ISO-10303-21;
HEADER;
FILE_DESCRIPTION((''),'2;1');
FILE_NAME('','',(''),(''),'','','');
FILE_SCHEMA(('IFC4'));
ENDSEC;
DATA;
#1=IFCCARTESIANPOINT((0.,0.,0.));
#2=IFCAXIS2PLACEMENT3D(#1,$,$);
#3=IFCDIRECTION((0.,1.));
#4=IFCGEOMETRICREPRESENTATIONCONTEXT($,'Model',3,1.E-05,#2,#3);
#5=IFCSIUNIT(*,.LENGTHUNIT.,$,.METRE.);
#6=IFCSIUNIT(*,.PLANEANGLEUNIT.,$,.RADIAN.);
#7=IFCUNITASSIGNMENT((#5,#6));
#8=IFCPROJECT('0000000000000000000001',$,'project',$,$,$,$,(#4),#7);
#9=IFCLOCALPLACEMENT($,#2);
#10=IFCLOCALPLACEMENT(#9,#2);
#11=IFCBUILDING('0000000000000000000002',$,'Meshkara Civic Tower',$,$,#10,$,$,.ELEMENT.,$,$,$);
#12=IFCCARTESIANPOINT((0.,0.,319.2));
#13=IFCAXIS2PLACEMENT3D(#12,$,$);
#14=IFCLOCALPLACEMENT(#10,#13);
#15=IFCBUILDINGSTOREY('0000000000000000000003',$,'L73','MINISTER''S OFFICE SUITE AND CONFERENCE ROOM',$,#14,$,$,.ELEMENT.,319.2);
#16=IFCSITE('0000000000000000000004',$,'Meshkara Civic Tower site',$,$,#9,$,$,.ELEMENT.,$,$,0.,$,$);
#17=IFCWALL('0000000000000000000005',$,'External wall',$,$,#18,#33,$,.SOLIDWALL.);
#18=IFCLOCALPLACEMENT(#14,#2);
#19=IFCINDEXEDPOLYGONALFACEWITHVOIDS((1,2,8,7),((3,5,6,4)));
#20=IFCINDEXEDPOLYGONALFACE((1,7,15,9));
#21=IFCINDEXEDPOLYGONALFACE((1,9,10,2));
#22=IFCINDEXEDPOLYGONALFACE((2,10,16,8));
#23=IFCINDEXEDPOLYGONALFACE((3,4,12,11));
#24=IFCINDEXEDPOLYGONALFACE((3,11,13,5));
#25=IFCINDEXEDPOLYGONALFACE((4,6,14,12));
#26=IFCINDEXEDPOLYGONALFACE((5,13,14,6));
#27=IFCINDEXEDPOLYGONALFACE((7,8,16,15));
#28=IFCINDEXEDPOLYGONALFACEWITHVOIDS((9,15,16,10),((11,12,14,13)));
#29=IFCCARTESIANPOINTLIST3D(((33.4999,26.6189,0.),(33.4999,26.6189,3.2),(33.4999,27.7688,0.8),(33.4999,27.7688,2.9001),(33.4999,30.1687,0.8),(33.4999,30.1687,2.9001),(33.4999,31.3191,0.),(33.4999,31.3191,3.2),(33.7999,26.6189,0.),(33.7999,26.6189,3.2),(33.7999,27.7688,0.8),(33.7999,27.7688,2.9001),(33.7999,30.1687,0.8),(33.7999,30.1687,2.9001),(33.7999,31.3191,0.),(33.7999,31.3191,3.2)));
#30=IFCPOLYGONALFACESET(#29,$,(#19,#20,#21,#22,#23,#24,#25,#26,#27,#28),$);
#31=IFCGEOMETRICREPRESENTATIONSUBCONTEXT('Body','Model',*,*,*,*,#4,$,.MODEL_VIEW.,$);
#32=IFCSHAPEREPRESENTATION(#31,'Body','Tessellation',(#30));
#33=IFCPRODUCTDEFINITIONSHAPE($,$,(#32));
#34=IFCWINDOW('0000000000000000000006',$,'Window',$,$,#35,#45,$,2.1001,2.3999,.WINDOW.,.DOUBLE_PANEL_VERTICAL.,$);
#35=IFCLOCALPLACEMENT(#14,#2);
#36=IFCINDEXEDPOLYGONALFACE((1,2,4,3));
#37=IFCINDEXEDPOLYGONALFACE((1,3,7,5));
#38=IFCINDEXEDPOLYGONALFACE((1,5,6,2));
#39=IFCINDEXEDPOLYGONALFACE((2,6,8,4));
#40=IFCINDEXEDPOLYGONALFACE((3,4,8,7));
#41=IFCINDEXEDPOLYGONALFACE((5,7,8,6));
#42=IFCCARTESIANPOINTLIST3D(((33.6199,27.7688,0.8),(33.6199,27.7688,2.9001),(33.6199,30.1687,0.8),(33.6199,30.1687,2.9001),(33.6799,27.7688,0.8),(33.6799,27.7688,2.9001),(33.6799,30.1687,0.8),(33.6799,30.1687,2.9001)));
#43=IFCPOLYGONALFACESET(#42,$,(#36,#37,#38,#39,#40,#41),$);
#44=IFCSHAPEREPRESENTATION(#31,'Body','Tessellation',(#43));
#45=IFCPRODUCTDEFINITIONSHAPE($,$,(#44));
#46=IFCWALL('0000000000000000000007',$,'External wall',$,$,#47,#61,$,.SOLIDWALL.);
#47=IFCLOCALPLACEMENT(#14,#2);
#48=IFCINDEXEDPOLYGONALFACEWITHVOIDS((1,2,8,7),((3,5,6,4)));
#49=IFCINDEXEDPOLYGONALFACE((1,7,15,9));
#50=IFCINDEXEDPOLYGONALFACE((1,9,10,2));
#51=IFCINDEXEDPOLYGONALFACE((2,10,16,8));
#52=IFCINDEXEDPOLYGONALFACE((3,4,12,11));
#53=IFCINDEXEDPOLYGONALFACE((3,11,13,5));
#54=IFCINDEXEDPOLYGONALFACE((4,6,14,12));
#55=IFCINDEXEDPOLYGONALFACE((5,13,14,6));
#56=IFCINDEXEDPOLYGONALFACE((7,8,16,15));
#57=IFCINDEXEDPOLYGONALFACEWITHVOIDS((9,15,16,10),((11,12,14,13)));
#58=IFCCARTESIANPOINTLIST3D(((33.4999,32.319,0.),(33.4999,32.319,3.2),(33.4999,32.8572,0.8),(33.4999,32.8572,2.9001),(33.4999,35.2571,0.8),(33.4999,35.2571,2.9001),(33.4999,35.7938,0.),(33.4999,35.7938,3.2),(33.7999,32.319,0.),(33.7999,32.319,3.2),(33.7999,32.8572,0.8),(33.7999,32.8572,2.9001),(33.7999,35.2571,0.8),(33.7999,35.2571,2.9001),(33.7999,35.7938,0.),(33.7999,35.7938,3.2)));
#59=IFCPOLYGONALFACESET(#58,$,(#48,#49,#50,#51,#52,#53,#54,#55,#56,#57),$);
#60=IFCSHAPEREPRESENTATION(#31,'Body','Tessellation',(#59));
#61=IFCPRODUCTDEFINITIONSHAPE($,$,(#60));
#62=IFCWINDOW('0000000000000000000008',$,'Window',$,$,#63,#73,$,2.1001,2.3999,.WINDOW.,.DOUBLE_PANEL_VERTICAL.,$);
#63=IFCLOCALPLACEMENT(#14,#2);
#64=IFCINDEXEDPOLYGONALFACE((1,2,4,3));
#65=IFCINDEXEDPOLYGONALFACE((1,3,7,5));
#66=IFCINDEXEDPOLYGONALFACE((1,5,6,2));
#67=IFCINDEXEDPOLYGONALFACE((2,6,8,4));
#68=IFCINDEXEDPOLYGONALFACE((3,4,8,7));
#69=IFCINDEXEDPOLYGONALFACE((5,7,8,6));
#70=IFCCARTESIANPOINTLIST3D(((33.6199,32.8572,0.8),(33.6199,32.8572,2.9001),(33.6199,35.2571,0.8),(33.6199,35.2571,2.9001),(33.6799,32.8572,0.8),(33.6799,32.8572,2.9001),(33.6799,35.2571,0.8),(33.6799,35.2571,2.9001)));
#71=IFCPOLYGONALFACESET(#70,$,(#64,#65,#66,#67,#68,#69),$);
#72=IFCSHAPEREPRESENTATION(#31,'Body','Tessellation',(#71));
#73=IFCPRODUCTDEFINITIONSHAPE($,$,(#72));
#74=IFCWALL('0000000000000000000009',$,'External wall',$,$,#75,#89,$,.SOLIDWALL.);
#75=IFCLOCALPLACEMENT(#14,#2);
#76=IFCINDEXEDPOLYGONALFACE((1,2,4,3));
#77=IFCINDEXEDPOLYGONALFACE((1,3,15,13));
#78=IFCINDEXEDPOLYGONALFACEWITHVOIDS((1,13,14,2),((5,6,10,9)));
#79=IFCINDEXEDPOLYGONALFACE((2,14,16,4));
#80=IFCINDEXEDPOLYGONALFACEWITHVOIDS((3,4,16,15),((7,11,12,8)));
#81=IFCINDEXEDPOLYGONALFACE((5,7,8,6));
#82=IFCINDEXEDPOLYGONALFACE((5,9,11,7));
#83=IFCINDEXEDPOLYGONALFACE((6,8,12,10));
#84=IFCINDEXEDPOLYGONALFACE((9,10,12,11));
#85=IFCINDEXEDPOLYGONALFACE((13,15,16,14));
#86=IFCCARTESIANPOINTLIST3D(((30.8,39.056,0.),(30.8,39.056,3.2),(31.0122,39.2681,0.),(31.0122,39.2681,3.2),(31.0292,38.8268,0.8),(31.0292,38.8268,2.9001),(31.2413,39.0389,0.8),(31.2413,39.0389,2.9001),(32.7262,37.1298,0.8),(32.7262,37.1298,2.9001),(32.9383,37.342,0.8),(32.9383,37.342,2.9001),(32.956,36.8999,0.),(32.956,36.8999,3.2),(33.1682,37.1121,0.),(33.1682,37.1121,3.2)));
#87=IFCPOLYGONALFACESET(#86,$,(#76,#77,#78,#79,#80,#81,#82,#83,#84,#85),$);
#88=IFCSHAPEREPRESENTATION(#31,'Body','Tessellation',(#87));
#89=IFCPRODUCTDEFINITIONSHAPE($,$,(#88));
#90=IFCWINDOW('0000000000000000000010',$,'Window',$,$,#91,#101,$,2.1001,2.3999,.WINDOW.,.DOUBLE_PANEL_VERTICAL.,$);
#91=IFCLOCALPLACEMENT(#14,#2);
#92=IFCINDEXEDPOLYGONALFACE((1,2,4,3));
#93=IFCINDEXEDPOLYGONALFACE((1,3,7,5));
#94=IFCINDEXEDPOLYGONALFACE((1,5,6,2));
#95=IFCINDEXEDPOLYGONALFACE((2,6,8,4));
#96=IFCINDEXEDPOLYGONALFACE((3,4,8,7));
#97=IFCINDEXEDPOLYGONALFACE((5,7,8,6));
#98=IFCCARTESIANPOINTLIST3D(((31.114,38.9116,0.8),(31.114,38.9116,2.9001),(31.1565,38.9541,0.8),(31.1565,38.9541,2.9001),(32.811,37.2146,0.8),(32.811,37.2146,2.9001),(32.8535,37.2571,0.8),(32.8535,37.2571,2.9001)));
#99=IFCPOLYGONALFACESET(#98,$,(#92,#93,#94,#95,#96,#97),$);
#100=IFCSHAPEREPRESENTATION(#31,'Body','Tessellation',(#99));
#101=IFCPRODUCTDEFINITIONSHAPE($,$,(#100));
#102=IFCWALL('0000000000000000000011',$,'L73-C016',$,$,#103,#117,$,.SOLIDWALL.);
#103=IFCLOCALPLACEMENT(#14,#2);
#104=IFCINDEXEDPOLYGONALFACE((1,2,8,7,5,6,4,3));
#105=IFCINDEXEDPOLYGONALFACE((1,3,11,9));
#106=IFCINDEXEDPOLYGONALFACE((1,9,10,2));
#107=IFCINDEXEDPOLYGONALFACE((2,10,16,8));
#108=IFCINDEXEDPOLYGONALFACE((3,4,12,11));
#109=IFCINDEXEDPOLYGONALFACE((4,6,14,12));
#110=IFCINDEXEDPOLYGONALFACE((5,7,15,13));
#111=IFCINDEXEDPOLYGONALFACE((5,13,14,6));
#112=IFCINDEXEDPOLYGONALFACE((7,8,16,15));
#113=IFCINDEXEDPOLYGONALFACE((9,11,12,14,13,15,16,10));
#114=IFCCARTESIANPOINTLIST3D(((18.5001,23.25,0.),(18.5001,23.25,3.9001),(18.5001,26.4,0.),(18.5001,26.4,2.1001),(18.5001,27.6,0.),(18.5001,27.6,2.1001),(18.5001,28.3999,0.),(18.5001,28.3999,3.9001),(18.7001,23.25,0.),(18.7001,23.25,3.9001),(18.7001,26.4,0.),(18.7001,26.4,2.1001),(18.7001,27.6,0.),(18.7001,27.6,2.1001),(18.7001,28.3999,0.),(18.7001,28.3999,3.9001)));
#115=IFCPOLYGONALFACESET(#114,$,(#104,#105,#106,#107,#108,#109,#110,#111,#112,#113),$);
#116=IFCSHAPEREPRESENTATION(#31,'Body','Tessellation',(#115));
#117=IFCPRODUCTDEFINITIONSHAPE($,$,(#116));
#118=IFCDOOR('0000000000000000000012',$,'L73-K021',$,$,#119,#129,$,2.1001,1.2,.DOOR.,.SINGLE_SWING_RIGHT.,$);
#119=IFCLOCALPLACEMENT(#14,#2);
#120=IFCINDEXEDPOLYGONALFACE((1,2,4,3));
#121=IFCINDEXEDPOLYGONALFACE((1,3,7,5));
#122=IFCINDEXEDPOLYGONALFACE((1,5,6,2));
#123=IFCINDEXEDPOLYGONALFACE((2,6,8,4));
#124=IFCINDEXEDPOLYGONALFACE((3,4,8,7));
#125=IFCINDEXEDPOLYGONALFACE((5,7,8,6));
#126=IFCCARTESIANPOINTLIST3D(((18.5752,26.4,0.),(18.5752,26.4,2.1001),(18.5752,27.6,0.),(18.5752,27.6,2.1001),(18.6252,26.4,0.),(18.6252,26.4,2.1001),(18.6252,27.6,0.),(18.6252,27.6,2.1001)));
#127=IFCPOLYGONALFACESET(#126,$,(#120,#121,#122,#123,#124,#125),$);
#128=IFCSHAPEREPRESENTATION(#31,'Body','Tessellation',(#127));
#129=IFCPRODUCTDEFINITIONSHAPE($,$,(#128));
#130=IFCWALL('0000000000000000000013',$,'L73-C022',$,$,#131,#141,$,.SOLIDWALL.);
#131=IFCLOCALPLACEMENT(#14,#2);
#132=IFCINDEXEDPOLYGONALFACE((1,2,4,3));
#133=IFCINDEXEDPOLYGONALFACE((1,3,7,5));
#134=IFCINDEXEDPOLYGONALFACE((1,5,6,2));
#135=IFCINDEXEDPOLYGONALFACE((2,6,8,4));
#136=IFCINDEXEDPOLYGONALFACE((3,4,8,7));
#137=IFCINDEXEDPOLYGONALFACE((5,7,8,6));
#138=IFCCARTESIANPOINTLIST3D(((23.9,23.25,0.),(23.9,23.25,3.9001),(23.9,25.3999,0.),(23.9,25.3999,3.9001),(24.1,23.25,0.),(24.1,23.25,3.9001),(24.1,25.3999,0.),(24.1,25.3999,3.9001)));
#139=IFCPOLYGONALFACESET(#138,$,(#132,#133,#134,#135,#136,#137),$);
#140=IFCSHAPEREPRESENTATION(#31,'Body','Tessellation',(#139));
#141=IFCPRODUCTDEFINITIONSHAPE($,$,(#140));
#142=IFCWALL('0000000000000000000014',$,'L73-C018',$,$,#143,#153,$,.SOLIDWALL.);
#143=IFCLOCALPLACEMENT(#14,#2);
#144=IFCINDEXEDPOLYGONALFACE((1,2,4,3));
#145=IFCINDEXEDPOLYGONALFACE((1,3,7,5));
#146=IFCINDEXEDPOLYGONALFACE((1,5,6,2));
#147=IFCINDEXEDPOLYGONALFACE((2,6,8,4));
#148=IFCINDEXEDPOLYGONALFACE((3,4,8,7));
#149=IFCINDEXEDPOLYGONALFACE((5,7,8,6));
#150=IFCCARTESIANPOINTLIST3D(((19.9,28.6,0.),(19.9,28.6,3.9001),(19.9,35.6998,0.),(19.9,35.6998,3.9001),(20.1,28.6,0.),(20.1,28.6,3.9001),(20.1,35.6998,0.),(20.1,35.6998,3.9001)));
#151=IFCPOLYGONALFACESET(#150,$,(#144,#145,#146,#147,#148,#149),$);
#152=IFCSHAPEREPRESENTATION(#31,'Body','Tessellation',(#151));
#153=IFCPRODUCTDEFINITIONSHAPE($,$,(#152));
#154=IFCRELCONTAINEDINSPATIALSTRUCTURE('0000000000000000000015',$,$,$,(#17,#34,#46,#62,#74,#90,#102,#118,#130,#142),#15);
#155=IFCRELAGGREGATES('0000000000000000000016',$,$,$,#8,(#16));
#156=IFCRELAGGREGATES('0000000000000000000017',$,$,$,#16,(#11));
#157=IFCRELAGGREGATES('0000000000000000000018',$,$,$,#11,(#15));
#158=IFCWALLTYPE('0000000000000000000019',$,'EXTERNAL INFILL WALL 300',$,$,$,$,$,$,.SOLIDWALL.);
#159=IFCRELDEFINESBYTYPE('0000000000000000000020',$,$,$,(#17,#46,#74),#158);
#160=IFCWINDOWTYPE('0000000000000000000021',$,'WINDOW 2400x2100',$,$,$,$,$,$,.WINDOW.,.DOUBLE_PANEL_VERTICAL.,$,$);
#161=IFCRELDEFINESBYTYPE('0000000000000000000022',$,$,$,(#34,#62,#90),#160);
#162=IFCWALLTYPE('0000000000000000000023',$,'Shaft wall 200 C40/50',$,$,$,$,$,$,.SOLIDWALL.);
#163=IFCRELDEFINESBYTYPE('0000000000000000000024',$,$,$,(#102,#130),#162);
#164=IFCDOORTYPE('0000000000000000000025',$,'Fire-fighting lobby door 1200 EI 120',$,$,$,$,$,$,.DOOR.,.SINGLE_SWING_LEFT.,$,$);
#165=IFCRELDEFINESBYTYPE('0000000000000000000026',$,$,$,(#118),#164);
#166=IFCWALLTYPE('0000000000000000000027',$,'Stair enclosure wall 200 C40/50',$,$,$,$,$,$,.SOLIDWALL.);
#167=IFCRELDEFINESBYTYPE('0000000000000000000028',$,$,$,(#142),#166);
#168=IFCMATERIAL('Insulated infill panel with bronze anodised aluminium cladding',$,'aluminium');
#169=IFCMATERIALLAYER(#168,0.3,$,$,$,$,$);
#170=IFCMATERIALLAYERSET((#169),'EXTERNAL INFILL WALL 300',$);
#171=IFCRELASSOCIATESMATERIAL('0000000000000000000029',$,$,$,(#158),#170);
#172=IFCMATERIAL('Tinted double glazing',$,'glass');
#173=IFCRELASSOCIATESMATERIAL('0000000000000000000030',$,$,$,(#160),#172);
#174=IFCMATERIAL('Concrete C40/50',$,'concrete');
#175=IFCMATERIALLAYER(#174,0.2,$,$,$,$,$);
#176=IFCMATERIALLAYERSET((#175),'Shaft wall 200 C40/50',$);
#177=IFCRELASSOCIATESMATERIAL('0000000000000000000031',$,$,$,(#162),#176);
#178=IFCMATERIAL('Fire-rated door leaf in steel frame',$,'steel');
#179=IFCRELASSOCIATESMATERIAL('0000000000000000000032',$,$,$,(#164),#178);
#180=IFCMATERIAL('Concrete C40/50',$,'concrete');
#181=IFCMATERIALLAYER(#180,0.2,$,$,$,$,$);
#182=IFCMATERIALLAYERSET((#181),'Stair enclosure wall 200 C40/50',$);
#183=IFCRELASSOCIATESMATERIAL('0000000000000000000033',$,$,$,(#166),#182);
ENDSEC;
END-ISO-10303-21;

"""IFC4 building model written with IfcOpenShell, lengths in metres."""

from ifc_helpers import new_model, si_unit, direction, frame, frame_2d, origin, place, context, subcontext, project, spatial, rectangle, extrude, material, layer, layer_set, type_object, element, fill, save


model = new_model("IFC4")

# Units and contexts
model_context = context("Model", 3, precision=1e-05, world=origin(), true_north=direction((0.0, 1.0)))
body_context = subcontext(model_context, "Body", "Model", "MODEL_VIEW")
ifc_project = project(units=[si_unit("LENGTHUNIT", "METRE"), si_unit("PLANEANGLEUNIT", "RADIAN")], contexts=[model_context])

# Site, building, storey
site_placement = place(None, origin())
site = spatial("IfcSite", under=ifc_project, at=site_placement, Name="Meshkara Civic Tower site", CompositionType="ELEMENT", RefElevation=0.0)
building_placement = place(site_placement, origin())
building = spatial("IfcBuilding", under=site, at=building_placement, Name="Meshkara Civic Tower", CompositionType="ELEMENT")
storey_placement = place(building_placement, frame((0.0, 0.0, 319.2)))
storey = spatial("IfcBuildingStorey", under=building, at=storey_placement, Name="L73", Description="MINISTER'S OFFICE SUITE AND CONFERENCE ROOM", CompositionType="ELEMENT", Elevation=319.2)

# Walls, openings, windows
ifc_material_1 = material(Name="Insulated infill panel with bronze anodised aluminium cladding", Category="aluminium")
ifc_layer_1 = layer(ifc_material_1, 0.3)
ifc_layer_set_1 = layer_set([ifc_layer_1], Name="EXTERNAL INFILL WALL 300")
wall_type_1 = type_object("IfcWallType", Name="EXTERNAL INFILL WALL 300", PredefinedType="SOLIDWALL", material=ifc_layer_set_1)
wall_1_placement = place(storey_placement, frame((33.6499, 26.6189, 0.0), z_axis=(0.0, 0.0, 1.0), x_axis=(0.0, 1.0, 0.0)))
wall_1 = element("IfcWall", 1, at=wall_1_placement, inside=storey, type_object=wall_type_1, Name="External wall", PredefinedType="SOLIDWALL", context=body_context, shape_type="SweptSolid", body=[
    extrude(rectangle(XDim=4.7002, YDim=0.3, at=frame_2d((2.3501, 0.0))), origin(), (0.0, 0.0, 1.0), 3.2),
])
opening_1_placement = place(wall_1_placement, frame((1.1499, 0.0, 0.8)))
opening_1 = element("IfcOpeningElement", 2, at=opening_1_placement, cuts=wall_1, PredefinedType="OPENING", context=body_context, shape_type="SweptSolid", body=[
    extrude(rectangle(XDim=2.3999, YDim=2.1001, at=frame_2d((1.2, 1.05))), frame((0.0, 0.1599, 0.0), z_axis=(0.0, -1.0, 0.0), x_axis=(1.0, 0.0, 0.0)), (0.0, 0.0, 1.0), 0.3201),
])
ifc_material_2 = material(Name="Tinted double glazing", Category="glass")
window_type = type_object("IfcWindowType", Name="WINDOW 2400x2100", PartitioningType="DOUBLE_PANEL_VERTICAL", PredefinedType="WINDOW", material=ifc_material_2)
window_1_placement = place(opening_1_placement, origin())
window_1 = element("IfcWindow", 3, at=window_1_placement, inside=storey, type_object=window_type, Name="Window", OverallHeight=2.1001, OverallWidth=2.3999, PartitioningType="DOUBLE_PANEL_VERTICAL", PredefinedType="WINDOW", context=body_context, shape_type="SweptSolid", body=[
    extrude(rectangle(XDim=2.3999, YDim=2.1001, at=frame_2d((1.2, 1.05))), frame((0.0, 0.03, 0.0), z_axis=(0.0, -1.0, 0.0), x_axis=(1.0, 0.0, 0.0)), (0.0, 0.0, 1.0), 0.0601),
])
fill(opening_1, window_1)
wall_2_placement = place(storey_placement, frame((33.6499, 32.3191, 0.0), z_axis=(0.0, 0.0, 1.0), x_axis=(0.0, 1.0, 0.0)))
wall_2 = element("IfcWall", 4, at=wall_2_placement, inside=storey, type_object=wall_type_1, Name="External wall", PredefinedType="SOLIDWALL", context=body_context, shape_type="SweptSolid", body=[
    extrude(rectangle(XDim=3.4749, YDim=0.3, at=frame_2d((1.7373, 0.0))), origin(), (0.0, 0.0, 1.0), 3.2),
])
opening_2_placement = place(wall_2_placement, frame((0.5381, 0.0, 0.8)))
opening_2 = element("IfcOpeningElement", 5, at=opening_2_placement, cuts=wall_2, PredefinedType="OPENING", context=body_context, shape_type="SweptSolid", body=[
    extrude(rectangle(XDim=2.3999, YDim=2.1001, at=frame_2d((1.2, 1.05))), frame((0.0, 0.1599, 0.0), z_axis=(0.0, -1.0, 0.0), x_axis=(1.0, 0.0, 0.0)), (0.0, 0.0, 1.0), 0.3201),
])
window_2_placement = place(opening_2_placement, origin())
window_2 = element("IfcWindow", 6, at=window_2_placement, inside=storey, type_object=window_type, Name="Window", OverallHeight=2.1001, OverallWidth=2.3999, PartitioningType="DOUBLE_PANEL_VERTICAL", PredefinedType="WINDOW", context=body_context, shape_type="SweptSolid", body=[
    extrude(rectangle(XDim=2.3999, YDim=2.1001, at=frame_2d((1.2, 1.05))), frame((0.0, 0.03, 0.0), z_axis=(0.0, -1.0, 0.0), x_axis=(1.0, 0.0, 0.0)), (0.0, 0.0, 1.0), 0.0601),
])
fill(opening_2, window_2)
wall_3_placement = place(storey_placement, frame((33.062, 37.0061, 0.0), z_axis=(0.0, 0.0, 1.0), x_axis=(-0.707107, 0.707107, 0.0)))
wall_3 = element("IfcWall", 7, at=wall_3_placement, inside=storey, type_object=wall_type_1, Name="External wall", PredefinedType="SOLIDWALL", context=body_context, shape_type="SweptSolid", body=[
    extrude(rectangle(XDim=3.0491, YDim=0.3, at=frame_2d((1.5244, 0.0))), origin(), (0.0, 0.0, 1.0), 3.2),
])
opening_3_placement = place(wall_3_placement, frame((0.325, 0.0, 0.8)))
opening_3 = element("IfcOpeningElement", 8, at=opening_3_placement, cuts=wall_3, PredefinedType="OPENING", context=body_context, shape_type="SweptSolid", body=[
    extrude(rectangle(XDim=2.3999, YDim=2.1001, at=frame_2d((1.2, 1.05))), frame((0.0, 0.1599, 0.0), z_axis=(0.0, -1.0, 0.0), x_axis=(1.0, 0.0, 0.0)), (0.0, 0.0, 1.0), 0.3201),
])
window_3_placement = place(opening_3_placement, origin())
window_3 = element("IfcWindow", 9, at=window_3_placement, inside=storey, type_object=window_type, Name="Window", OverallHeight=2.1001, OverallWidth=2.3999, PartitioningType="DOUBLE_PANEL_VERTICAL", PredefinedType="WINDOW", context=body_context, shape_type="SweptSolid", body=[
    extrude(rectangle(XDim=2.3999, YDim=2.1001, at=frame_2d((1.2, 1.05))), frame((0.0, 0.03, 0.0), z_axis=(0.0, -1.0, 0.0), x_axis=(1.0, 0.0, 0.0)), (0.0, 0.0, 1.0), 0.0601),
])
fill(opening_3, window_3)

# Wall, opening, door
ifc_material_3 = material(Name="Concrete C40/50", Category="concrete")
ifc_layer_2 = layer(ifc_material_3, 0.2)
ifc_layer_set_2 = layer_set([ifc_layer_2], Name="Shaft wall 200 C40/50")
wall_type_2 = type_object("IfcWallType", Name="Shaft wall 200 C40/50", PredefinedType="SOLIDWALL", material=ifc_layer_set_2)
wall_4_placement = place(storey_placement, frame((18.6001, 23.25, 0.0), z_axis=(0.0, 0.0, 1.0), x_axis=(0.0, 1.0, 0.0)))
wall_4 = element("IfcWall", 10, at=wall_4_placement, inside=storey, type_object=wall_type_2, Name="L73-C016", PredefinedType="SOLIDWALL", context=body_context, shape_type="SweptSolid", body=[
    extrude(rectangle(XDim=5.1499, YDim=0.2, at=frame_2d((2.575, 0.0))), origin(), (0.0, 0.0, 1.0), 3.9001),
])
opening_4_placement = place(wall_4_placement, frame((3.1499, 0.0, 0.0)))
opening_4 = element("IfcOpeningElement", 11, at=opening_4_placement, cuts=wall_4, PredefinedType="OPENING", context=body_context, shape_type="SweptSolid", body=[
    extrude(rectangle(XDim=1.2, YDim=2.1001, at=frame_2d((0.6001, 1.05))), frame((0.0, 0.1099, 0.0), z_axis=(0.0, -1.0, 0.0), x_axis=(1.0, 0.0, 0.0)), (0.0, 0.0, 1.0), 0.22),
])
ifc_material_4 = material(Name="Fire-rated door leaf in steel frame", Category="steel")
door_type_1 = type_object("IfcDoorType", Name="Fire-fighting lobby door 1200 EI 120", OperationType="SINGLE_SWING_LEFT", PredefinedType="DOOR", material=ifc_material_4)
door_1_placement = place(opening_4_placement, origin())
door_1 = element("IfcDoor", 12, at=door_1_placement, inside=storey, type_object=door_type_1, Name="L73-K021", OperationType="SINGLE_SWING_RIGHT", OverallHeight=2.1001, OverallWidth=1.2, PredefinedType="DOOR", context=body_context, shape_type="SweptSolid", body=[
    extrude(rectangle(XDim=1.2, YDim=2.1001, at=frame_2d((0.6001, 1.05))), frame((0.0, 0.0249, 0.0), z_axis=(0.0, -1.0, 0.0), x_axis=(1.0, 0.0, 0.0)), (0.0, 0.0, 1.0), 0.05),
])
fill(opening_4, door_1)

# Walls
wall_5_placement = place(storey_placement, frame((24.0, 23.25, 0.0), z_axis=(0.0, 0.0, 1.0), x_axis=(0.0, 1.0, 0.0)))
element("IfcWall", 13, at=wall_5_placement, inside=storey, type_object=wall_type_2, Name="L73-C022", PredefinedType="SOLIDWALL", context=body_context, shape_type="SweptSolid", body=[
    extrude(rectangle(XDim=2.1499, YDim=0.2, at=frame_2d((1.075, 0.0))), origin(), (0.0, 0.0, 1.0), 3.9001),
])
ifc_material_5 = material(Name="Concrete C40/50", Category="concrete")
ifc_layer_3 = layer(ifc_material_5, 0.2)
ifc_layer_set_3 = layer_set([ifc_layer_3], Name="Stair enclosure wall 200 C40/50")
wall_type_3 = type_object("IfcWallType", Name="Stair enclosure wall 200 C40/50", PredefinedType="SOLIDWALL", material=ifc_layer_set_3)
wall_6_placement = place(storey_placement, frame((20.0, 28.6001, 0.0), z_axis=(0.0, 0.0, 1.0), x_axis=(0.0, 1.0, 0.0)))
element("IfcWall", 14, at=wall_6_placement, inside=storey, type_object=wall_type_3, Name="L73-C018", PredefinedType="SOLIDWALL", context=body_context, shape_type="SweptSolid", body=[
    extrude(rectangle(XDim=7.0999, YDim=0.2, at=frame_2d((3.5498, 0.0))), origin(), (0.0, 0.0, 1.0), 3.9001),
])

save(model, "model.ifc")
